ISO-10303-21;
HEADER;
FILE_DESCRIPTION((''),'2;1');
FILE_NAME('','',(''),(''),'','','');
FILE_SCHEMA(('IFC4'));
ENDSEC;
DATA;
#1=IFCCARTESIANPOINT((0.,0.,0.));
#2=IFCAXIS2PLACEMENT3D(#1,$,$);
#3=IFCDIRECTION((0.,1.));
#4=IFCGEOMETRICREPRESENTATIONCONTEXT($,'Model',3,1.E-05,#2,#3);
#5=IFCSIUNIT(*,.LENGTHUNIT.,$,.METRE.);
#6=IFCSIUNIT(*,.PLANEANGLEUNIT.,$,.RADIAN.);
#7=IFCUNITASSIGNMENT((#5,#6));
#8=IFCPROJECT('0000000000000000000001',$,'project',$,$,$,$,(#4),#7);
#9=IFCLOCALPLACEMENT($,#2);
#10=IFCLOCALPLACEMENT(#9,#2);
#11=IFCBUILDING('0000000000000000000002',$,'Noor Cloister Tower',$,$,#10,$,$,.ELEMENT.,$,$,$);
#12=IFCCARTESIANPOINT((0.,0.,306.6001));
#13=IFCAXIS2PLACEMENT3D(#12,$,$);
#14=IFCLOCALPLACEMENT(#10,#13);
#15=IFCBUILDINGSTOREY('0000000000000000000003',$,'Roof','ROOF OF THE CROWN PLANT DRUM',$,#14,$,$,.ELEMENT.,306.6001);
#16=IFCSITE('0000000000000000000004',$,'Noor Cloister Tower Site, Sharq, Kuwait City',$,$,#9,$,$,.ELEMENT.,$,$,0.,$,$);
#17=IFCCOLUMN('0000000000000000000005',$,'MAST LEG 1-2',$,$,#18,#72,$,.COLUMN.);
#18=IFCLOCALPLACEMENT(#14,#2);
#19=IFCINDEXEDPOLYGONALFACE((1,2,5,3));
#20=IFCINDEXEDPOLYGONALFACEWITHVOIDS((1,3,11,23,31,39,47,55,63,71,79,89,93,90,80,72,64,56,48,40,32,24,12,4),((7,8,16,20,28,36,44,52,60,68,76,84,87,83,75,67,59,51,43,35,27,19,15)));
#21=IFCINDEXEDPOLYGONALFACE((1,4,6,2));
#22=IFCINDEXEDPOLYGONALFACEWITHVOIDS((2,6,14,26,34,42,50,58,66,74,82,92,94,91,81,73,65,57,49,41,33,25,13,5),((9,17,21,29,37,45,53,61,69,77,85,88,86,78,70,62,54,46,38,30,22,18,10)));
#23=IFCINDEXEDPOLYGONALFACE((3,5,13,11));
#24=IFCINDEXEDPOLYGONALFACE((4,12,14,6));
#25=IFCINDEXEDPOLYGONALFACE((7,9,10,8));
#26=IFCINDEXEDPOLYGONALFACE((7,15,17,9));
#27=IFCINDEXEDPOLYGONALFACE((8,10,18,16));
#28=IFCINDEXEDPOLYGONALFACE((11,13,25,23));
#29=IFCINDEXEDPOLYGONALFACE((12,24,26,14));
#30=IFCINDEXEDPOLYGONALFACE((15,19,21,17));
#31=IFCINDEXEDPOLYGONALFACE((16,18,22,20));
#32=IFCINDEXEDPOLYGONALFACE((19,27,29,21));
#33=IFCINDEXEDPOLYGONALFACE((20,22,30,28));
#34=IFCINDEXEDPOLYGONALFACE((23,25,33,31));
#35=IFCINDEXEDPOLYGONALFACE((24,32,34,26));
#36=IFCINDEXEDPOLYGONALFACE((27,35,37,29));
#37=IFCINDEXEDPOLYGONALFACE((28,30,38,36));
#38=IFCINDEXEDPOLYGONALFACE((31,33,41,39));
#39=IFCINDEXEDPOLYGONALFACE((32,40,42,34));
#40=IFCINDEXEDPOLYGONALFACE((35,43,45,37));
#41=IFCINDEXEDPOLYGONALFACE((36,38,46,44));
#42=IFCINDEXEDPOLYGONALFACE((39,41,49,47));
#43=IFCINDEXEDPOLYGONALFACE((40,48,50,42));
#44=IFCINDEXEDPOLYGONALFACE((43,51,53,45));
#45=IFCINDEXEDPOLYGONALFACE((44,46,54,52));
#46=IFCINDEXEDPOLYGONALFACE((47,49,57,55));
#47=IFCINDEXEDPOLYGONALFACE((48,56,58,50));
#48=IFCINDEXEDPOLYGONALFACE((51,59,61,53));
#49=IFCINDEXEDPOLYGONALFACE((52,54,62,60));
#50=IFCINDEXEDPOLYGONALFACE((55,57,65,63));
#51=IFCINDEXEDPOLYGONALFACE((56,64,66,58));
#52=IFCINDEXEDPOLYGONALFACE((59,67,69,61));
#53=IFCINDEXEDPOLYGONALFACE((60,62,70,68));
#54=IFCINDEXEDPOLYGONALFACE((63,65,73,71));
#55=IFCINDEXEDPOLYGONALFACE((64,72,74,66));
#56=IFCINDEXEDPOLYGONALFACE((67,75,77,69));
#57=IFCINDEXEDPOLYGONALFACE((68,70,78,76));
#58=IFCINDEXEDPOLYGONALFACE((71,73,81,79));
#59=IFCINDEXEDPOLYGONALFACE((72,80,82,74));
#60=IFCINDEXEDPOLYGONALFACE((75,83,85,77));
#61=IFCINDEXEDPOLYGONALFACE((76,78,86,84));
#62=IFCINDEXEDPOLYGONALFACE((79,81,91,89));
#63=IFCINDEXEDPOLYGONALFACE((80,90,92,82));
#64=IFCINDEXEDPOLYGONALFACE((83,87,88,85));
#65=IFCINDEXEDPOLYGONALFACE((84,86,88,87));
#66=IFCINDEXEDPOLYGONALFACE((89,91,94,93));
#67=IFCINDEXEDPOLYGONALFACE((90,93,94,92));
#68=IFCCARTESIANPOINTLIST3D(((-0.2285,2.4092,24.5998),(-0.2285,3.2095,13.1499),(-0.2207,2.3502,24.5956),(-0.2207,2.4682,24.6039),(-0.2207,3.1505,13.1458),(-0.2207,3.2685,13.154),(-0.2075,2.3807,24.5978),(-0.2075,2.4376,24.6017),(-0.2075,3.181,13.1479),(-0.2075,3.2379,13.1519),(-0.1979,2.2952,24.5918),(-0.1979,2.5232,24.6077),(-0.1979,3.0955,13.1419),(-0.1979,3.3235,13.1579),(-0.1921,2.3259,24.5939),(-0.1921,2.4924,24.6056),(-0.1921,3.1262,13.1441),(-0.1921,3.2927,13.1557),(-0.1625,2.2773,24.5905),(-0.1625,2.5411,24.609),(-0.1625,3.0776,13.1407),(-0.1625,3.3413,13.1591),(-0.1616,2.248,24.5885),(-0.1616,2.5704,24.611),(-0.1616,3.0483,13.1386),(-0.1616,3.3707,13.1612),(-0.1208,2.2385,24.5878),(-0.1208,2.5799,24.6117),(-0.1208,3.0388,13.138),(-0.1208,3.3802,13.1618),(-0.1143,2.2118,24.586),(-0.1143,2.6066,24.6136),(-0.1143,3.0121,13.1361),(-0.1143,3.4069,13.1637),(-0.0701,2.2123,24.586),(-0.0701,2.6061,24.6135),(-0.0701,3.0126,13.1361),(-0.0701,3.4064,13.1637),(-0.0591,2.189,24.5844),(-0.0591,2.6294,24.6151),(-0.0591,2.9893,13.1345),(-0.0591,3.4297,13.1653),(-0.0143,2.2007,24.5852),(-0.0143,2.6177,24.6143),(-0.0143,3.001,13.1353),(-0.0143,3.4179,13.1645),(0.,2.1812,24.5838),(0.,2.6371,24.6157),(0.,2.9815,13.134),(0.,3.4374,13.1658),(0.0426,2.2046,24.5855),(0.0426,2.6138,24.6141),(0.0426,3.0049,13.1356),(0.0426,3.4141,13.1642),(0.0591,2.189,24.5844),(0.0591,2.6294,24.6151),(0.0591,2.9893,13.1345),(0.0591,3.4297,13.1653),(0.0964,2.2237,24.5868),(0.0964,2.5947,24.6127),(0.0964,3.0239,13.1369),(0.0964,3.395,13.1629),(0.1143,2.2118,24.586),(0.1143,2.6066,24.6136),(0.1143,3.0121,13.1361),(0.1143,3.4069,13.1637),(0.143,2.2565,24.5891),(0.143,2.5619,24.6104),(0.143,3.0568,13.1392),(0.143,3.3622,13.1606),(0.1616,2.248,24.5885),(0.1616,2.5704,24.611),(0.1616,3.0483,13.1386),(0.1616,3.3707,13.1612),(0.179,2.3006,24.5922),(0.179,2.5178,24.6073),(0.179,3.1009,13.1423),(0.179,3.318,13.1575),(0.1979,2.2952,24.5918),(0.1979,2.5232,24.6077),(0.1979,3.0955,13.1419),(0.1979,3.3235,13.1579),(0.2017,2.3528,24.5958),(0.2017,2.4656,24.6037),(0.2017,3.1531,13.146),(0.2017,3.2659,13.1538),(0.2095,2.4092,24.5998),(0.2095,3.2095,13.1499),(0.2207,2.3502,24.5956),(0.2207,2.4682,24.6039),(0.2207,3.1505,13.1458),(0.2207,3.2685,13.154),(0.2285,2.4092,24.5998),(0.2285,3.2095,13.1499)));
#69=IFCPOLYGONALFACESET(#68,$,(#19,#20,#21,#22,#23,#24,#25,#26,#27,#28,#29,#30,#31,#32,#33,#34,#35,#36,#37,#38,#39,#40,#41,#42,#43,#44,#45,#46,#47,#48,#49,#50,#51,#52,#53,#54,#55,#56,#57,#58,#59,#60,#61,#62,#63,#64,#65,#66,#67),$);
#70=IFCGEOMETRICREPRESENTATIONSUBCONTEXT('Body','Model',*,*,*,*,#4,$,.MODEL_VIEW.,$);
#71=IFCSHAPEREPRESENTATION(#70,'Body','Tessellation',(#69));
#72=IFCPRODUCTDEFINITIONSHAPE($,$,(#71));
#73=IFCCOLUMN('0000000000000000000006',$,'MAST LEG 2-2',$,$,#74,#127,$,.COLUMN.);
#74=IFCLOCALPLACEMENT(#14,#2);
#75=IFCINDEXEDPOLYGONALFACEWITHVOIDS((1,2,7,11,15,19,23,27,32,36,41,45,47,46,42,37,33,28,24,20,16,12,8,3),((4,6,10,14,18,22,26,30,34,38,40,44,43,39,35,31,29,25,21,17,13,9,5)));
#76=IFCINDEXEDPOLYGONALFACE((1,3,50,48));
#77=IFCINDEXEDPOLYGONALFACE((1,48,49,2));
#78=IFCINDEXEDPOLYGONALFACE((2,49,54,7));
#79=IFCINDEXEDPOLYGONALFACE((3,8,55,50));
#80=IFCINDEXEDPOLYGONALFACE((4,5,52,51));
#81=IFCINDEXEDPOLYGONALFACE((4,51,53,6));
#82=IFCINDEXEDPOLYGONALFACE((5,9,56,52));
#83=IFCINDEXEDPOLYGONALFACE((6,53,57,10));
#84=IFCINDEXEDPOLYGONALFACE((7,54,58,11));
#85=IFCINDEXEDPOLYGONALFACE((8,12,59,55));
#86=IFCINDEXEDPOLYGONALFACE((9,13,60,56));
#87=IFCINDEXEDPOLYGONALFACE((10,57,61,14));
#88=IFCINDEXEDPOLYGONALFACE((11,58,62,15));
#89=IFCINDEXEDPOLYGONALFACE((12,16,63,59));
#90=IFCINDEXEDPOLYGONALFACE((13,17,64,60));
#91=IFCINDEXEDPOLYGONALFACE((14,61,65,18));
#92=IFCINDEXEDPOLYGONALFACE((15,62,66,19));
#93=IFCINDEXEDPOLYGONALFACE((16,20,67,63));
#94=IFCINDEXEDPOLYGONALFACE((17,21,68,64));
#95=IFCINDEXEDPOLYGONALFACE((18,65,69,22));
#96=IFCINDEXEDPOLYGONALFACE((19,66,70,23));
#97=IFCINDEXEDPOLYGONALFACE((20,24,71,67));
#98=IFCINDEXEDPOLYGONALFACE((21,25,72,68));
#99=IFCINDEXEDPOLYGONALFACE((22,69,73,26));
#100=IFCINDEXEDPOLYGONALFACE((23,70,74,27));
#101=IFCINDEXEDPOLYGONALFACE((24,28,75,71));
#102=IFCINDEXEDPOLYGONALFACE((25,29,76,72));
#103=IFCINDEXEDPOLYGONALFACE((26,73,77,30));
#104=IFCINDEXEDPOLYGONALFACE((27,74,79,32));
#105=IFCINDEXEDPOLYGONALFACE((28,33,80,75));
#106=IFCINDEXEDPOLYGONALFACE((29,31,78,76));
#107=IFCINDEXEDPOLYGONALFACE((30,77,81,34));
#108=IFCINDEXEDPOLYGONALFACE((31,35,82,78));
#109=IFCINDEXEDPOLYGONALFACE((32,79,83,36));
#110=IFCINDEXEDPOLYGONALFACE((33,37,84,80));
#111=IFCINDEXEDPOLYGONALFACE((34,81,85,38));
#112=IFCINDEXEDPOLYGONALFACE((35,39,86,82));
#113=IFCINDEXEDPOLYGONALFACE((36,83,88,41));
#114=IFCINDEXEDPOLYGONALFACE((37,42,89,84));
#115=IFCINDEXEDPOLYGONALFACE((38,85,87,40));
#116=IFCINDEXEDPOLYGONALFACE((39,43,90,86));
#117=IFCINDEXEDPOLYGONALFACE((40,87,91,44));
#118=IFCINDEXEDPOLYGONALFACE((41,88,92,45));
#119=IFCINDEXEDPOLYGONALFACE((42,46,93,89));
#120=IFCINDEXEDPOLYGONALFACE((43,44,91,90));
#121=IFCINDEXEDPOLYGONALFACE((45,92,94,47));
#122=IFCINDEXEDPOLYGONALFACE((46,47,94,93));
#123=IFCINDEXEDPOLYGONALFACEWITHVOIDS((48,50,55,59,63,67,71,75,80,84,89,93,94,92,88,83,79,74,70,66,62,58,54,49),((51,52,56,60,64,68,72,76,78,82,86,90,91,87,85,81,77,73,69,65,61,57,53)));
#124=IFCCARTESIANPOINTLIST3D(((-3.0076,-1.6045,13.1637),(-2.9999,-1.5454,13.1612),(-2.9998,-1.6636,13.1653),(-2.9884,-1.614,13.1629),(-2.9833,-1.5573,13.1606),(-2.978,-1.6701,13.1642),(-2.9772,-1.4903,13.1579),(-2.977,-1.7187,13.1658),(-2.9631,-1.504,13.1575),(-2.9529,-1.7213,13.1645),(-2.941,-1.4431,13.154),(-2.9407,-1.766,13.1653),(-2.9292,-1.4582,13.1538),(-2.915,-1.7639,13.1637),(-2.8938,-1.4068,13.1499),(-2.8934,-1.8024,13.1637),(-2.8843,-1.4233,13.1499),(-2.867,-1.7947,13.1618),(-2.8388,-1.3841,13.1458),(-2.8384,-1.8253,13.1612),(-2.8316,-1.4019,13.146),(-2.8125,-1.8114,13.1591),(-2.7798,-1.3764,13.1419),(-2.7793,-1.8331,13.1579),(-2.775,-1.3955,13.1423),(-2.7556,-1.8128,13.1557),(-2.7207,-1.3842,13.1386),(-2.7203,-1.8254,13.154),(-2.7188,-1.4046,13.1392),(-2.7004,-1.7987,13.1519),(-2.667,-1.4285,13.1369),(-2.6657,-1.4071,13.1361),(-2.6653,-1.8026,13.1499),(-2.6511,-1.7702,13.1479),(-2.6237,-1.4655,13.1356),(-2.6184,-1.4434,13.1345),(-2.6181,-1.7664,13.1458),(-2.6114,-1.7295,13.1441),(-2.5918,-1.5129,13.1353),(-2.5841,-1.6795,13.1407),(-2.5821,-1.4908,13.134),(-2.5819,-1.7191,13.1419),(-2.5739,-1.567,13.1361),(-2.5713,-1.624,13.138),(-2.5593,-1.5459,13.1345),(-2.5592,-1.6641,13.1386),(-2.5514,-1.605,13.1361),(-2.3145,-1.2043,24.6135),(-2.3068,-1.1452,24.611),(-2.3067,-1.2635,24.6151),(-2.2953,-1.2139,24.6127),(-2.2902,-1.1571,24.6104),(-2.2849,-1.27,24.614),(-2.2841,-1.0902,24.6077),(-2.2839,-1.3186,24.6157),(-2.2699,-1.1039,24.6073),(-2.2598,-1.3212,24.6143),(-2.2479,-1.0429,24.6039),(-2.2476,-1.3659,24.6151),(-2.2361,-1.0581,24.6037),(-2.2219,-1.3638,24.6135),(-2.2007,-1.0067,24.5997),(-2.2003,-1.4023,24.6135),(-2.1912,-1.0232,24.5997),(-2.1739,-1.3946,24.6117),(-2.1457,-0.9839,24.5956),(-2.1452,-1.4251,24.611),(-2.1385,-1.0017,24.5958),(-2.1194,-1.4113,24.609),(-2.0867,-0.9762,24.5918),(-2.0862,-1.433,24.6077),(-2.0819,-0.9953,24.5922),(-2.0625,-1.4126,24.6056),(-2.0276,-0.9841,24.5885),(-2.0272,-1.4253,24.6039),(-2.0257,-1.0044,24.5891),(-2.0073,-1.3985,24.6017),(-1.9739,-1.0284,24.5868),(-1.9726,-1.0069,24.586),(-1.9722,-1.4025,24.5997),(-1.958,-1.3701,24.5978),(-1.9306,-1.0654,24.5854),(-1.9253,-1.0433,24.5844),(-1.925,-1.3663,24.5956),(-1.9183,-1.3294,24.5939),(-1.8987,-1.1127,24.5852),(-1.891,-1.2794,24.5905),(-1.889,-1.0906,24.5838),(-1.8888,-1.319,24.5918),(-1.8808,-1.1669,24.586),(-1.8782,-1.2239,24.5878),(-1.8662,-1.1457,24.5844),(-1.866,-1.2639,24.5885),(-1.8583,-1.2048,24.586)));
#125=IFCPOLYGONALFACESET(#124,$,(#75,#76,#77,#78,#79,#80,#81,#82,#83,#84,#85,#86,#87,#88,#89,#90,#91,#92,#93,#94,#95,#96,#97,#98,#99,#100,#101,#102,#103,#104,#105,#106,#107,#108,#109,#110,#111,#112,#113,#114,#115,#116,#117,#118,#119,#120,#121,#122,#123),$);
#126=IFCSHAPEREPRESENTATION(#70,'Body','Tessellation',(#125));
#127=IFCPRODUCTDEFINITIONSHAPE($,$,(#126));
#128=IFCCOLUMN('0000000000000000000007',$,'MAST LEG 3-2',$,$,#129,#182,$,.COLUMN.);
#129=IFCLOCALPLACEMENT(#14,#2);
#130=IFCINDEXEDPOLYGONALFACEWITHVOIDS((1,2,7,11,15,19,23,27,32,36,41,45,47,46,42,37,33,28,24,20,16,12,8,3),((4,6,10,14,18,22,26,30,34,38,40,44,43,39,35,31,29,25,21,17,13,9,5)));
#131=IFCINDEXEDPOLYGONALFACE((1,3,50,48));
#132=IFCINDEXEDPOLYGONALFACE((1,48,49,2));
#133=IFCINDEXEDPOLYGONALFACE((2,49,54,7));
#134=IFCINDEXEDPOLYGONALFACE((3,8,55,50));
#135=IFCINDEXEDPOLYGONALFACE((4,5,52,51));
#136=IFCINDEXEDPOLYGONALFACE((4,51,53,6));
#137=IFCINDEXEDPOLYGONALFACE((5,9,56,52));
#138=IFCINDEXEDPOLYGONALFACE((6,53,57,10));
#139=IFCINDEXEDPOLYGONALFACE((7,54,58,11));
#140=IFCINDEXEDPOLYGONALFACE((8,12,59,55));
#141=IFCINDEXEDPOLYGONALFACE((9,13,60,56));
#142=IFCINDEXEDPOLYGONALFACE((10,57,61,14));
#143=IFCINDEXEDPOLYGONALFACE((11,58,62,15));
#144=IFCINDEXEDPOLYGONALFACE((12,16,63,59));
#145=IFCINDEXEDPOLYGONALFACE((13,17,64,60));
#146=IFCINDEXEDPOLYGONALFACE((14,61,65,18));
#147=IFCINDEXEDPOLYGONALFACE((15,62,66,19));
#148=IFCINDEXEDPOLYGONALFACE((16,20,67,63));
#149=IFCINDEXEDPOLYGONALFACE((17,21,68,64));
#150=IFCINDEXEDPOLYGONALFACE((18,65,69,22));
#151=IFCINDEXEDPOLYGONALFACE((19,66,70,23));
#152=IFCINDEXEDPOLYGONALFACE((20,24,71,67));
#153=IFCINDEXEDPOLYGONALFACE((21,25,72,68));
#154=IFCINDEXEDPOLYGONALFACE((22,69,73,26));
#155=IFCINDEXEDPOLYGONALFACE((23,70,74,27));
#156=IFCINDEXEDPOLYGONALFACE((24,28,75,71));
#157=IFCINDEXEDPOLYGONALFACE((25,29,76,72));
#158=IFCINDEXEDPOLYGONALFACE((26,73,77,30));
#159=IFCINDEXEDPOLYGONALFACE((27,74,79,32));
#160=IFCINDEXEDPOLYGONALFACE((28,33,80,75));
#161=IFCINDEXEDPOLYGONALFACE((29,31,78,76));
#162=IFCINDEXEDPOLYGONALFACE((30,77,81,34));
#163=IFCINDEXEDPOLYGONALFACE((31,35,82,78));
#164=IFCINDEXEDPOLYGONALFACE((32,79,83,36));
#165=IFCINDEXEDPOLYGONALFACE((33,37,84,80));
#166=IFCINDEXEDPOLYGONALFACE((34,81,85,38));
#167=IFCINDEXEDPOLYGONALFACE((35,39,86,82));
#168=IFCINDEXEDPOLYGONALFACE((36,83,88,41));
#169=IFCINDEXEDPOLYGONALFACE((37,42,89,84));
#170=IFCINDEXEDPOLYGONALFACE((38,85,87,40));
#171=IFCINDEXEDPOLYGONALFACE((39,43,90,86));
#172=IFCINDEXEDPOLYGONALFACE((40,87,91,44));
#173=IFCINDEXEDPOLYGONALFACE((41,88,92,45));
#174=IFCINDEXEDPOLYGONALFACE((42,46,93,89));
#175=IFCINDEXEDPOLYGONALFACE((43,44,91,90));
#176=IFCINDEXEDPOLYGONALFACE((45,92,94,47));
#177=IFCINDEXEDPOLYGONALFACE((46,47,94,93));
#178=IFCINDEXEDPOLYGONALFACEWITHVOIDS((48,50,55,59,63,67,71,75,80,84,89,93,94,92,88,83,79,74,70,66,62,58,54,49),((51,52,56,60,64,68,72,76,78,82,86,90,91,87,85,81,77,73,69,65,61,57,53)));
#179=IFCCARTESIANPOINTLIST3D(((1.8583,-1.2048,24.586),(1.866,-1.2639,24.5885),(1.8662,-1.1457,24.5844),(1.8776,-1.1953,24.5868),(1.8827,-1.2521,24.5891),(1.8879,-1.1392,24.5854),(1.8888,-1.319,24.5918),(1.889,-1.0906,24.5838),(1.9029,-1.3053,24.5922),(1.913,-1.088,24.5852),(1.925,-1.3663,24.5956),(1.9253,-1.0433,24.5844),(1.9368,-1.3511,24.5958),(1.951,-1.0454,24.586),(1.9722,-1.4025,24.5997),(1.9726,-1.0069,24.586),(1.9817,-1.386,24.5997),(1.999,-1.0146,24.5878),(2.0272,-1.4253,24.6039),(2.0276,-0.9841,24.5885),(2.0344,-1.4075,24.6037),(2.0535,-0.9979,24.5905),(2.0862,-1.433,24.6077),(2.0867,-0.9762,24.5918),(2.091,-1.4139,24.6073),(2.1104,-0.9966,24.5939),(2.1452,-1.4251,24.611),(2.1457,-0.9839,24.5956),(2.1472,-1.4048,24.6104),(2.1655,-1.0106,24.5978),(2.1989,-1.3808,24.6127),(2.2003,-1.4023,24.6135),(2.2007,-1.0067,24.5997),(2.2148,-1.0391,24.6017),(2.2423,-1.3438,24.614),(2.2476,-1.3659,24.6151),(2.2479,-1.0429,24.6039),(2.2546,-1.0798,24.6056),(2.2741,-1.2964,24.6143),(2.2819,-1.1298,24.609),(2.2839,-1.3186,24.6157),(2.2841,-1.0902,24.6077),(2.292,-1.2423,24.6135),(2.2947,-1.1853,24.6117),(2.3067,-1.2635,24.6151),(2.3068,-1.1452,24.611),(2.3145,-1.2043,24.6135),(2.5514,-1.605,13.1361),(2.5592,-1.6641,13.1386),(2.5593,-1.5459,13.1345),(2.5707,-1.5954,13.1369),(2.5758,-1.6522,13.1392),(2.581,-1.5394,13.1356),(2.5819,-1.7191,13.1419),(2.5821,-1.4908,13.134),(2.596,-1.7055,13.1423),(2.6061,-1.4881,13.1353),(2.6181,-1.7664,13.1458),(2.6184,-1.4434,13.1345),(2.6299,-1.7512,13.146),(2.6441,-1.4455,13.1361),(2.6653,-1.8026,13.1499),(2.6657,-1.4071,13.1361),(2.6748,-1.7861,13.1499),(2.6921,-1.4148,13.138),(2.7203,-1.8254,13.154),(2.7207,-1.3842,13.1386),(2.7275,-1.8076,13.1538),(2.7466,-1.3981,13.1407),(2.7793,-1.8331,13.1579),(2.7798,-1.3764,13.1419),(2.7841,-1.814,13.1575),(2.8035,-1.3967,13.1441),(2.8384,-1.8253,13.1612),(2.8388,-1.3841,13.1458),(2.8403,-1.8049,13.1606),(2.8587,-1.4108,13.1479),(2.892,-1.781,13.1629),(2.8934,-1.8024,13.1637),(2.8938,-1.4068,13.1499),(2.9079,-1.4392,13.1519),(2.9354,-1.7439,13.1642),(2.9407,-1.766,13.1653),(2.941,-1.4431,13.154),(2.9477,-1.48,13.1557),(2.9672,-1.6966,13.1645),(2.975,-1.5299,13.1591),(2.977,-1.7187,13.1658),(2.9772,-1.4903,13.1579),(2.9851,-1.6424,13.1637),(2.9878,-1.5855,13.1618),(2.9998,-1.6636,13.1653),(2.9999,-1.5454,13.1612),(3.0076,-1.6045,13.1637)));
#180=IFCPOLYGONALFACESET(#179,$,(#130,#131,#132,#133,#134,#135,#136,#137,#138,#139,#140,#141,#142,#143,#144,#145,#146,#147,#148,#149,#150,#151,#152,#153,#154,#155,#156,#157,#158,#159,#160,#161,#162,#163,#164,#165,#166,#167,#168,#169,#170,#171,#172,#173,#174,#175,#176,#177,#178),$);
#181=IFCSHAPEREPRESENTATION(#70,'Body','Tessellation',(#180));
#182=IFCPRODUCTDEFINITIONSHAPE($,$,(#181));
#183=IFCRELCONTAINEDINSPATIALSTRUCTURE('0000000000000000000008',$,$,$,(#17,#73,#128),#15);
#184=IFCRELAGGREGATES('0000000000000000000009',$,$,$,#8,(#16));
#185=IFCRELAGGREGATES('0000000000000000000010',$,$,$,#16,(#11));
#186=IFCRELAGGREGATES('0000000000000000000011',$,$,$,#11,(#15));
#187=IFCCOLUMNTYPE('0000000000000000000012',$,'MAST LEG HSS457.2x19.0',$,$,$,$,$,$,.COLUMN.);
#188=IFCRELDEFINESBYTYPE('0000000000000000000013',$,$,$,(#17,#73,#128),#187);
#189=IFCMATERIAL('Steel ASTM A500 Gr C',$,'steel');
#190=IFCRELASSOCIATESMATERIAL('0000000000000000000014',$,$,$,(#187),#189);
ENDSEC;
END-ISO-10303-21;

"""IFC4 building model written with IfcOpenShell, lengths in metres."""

from ifc_helpers import new_model, si_unit, direction, frame, origin, origin_2d, place, context, subcontext, project, spatial, hollow_circle, extrude, material, material_profile, profile_set, type_object, element, save


model = new_model("IFC4")

# Units and contexts
model_context = context("Model", 3, precision=1e-05, world=origin(), true_north=direction((0.0, 1.0)))
body_context = subcontext(model_context, "Body", "Model", "MODEL_VIEW")
ifc_project = project(units=[si_unit("LENGTHUNIT", "METRE"), si_unit("PLANEANGLEUNIT", "RADIAN")], contexts=[model_context])

# Site, building, storey
site_placement = place(None, origin())
site = spatial("IfcSite", under=ifc_project, at=site_placement, Name="Noor Cloister Tower Site, Sharq, Kuwait City", CompositionType="ELEMENT", RefElevation=0.0)
building_placement = place(site_placement, origin())
building = spatial("IfcBuilding", under=site, at=building_placement, Name="Noor Cloister Tower", CompositionType="ELEMENT")
storey_placement = place(building_placement, frame((0.0, 0.0, 306.6001)))
storey = spatial("IfcBuildingStorey", under=building, at=storey_placement, Name="Roof", Description="ROOF OF THE CROWN PLANT DRUM", CompositionType="ELEMENT", Elevation=306.6001)

# Columns
ifc_material_1 = material(Name="Steel ASTM A500 Gr C", Category="steel")
ifc_material_profile_1 = material_profile(ifc_material_1, hollow_circle(Radius=0.2285, WallThickness=0.019, at=origin_2d()), Name="HSS457.2x19.0")
ifc_profile_set_1 = profile_set([ifc_material_profile_1], Name="Steel ASTM A500 Gr C")
column_type = type_object("IfcColumnType", Name="MAST LEG HSS457.2x19.0", PredefinedType="COLUMN", material=ifc_profile_set_1)
for number, where, z_axis, x_axis, name in (
    (1, (0.0, 3.2095, 13.1499), (0.0, -0.069725, 0.997566), (1.0, 0.0, 0.0), "MAST LEG 1-2"),
    (2, (-2.7795, -1.6047, 13.1499), (0.060387, 0.034862, 0.997566), (-0.499978, 0.866038, 0.0), "MAST LEG 2-2"),
    (3, (2.7795, -1.6047, 13.1499), (-0.060387, 0.034862, 0.997566), (-0.499978, -0.866038, 0.0), "MAST LEG 3-2"),
):
    element("IfcColumn", number, at=place(storey_placement, frame(where, z_axis=z_axis, x_axis=x_axis)), inside=storey, type_object=column_type, Name=name, PredefinedType="COLUMN", context=body_context, shape_type="SweptSolid", body=[
        extrude(hollow_circle(Radius=0.2285, WallThickness=0.019, at=origin_2d()), origin(), (0.0, 0.0, 1.0), 11.4778),
    ])

save(model, "model.ifc")
